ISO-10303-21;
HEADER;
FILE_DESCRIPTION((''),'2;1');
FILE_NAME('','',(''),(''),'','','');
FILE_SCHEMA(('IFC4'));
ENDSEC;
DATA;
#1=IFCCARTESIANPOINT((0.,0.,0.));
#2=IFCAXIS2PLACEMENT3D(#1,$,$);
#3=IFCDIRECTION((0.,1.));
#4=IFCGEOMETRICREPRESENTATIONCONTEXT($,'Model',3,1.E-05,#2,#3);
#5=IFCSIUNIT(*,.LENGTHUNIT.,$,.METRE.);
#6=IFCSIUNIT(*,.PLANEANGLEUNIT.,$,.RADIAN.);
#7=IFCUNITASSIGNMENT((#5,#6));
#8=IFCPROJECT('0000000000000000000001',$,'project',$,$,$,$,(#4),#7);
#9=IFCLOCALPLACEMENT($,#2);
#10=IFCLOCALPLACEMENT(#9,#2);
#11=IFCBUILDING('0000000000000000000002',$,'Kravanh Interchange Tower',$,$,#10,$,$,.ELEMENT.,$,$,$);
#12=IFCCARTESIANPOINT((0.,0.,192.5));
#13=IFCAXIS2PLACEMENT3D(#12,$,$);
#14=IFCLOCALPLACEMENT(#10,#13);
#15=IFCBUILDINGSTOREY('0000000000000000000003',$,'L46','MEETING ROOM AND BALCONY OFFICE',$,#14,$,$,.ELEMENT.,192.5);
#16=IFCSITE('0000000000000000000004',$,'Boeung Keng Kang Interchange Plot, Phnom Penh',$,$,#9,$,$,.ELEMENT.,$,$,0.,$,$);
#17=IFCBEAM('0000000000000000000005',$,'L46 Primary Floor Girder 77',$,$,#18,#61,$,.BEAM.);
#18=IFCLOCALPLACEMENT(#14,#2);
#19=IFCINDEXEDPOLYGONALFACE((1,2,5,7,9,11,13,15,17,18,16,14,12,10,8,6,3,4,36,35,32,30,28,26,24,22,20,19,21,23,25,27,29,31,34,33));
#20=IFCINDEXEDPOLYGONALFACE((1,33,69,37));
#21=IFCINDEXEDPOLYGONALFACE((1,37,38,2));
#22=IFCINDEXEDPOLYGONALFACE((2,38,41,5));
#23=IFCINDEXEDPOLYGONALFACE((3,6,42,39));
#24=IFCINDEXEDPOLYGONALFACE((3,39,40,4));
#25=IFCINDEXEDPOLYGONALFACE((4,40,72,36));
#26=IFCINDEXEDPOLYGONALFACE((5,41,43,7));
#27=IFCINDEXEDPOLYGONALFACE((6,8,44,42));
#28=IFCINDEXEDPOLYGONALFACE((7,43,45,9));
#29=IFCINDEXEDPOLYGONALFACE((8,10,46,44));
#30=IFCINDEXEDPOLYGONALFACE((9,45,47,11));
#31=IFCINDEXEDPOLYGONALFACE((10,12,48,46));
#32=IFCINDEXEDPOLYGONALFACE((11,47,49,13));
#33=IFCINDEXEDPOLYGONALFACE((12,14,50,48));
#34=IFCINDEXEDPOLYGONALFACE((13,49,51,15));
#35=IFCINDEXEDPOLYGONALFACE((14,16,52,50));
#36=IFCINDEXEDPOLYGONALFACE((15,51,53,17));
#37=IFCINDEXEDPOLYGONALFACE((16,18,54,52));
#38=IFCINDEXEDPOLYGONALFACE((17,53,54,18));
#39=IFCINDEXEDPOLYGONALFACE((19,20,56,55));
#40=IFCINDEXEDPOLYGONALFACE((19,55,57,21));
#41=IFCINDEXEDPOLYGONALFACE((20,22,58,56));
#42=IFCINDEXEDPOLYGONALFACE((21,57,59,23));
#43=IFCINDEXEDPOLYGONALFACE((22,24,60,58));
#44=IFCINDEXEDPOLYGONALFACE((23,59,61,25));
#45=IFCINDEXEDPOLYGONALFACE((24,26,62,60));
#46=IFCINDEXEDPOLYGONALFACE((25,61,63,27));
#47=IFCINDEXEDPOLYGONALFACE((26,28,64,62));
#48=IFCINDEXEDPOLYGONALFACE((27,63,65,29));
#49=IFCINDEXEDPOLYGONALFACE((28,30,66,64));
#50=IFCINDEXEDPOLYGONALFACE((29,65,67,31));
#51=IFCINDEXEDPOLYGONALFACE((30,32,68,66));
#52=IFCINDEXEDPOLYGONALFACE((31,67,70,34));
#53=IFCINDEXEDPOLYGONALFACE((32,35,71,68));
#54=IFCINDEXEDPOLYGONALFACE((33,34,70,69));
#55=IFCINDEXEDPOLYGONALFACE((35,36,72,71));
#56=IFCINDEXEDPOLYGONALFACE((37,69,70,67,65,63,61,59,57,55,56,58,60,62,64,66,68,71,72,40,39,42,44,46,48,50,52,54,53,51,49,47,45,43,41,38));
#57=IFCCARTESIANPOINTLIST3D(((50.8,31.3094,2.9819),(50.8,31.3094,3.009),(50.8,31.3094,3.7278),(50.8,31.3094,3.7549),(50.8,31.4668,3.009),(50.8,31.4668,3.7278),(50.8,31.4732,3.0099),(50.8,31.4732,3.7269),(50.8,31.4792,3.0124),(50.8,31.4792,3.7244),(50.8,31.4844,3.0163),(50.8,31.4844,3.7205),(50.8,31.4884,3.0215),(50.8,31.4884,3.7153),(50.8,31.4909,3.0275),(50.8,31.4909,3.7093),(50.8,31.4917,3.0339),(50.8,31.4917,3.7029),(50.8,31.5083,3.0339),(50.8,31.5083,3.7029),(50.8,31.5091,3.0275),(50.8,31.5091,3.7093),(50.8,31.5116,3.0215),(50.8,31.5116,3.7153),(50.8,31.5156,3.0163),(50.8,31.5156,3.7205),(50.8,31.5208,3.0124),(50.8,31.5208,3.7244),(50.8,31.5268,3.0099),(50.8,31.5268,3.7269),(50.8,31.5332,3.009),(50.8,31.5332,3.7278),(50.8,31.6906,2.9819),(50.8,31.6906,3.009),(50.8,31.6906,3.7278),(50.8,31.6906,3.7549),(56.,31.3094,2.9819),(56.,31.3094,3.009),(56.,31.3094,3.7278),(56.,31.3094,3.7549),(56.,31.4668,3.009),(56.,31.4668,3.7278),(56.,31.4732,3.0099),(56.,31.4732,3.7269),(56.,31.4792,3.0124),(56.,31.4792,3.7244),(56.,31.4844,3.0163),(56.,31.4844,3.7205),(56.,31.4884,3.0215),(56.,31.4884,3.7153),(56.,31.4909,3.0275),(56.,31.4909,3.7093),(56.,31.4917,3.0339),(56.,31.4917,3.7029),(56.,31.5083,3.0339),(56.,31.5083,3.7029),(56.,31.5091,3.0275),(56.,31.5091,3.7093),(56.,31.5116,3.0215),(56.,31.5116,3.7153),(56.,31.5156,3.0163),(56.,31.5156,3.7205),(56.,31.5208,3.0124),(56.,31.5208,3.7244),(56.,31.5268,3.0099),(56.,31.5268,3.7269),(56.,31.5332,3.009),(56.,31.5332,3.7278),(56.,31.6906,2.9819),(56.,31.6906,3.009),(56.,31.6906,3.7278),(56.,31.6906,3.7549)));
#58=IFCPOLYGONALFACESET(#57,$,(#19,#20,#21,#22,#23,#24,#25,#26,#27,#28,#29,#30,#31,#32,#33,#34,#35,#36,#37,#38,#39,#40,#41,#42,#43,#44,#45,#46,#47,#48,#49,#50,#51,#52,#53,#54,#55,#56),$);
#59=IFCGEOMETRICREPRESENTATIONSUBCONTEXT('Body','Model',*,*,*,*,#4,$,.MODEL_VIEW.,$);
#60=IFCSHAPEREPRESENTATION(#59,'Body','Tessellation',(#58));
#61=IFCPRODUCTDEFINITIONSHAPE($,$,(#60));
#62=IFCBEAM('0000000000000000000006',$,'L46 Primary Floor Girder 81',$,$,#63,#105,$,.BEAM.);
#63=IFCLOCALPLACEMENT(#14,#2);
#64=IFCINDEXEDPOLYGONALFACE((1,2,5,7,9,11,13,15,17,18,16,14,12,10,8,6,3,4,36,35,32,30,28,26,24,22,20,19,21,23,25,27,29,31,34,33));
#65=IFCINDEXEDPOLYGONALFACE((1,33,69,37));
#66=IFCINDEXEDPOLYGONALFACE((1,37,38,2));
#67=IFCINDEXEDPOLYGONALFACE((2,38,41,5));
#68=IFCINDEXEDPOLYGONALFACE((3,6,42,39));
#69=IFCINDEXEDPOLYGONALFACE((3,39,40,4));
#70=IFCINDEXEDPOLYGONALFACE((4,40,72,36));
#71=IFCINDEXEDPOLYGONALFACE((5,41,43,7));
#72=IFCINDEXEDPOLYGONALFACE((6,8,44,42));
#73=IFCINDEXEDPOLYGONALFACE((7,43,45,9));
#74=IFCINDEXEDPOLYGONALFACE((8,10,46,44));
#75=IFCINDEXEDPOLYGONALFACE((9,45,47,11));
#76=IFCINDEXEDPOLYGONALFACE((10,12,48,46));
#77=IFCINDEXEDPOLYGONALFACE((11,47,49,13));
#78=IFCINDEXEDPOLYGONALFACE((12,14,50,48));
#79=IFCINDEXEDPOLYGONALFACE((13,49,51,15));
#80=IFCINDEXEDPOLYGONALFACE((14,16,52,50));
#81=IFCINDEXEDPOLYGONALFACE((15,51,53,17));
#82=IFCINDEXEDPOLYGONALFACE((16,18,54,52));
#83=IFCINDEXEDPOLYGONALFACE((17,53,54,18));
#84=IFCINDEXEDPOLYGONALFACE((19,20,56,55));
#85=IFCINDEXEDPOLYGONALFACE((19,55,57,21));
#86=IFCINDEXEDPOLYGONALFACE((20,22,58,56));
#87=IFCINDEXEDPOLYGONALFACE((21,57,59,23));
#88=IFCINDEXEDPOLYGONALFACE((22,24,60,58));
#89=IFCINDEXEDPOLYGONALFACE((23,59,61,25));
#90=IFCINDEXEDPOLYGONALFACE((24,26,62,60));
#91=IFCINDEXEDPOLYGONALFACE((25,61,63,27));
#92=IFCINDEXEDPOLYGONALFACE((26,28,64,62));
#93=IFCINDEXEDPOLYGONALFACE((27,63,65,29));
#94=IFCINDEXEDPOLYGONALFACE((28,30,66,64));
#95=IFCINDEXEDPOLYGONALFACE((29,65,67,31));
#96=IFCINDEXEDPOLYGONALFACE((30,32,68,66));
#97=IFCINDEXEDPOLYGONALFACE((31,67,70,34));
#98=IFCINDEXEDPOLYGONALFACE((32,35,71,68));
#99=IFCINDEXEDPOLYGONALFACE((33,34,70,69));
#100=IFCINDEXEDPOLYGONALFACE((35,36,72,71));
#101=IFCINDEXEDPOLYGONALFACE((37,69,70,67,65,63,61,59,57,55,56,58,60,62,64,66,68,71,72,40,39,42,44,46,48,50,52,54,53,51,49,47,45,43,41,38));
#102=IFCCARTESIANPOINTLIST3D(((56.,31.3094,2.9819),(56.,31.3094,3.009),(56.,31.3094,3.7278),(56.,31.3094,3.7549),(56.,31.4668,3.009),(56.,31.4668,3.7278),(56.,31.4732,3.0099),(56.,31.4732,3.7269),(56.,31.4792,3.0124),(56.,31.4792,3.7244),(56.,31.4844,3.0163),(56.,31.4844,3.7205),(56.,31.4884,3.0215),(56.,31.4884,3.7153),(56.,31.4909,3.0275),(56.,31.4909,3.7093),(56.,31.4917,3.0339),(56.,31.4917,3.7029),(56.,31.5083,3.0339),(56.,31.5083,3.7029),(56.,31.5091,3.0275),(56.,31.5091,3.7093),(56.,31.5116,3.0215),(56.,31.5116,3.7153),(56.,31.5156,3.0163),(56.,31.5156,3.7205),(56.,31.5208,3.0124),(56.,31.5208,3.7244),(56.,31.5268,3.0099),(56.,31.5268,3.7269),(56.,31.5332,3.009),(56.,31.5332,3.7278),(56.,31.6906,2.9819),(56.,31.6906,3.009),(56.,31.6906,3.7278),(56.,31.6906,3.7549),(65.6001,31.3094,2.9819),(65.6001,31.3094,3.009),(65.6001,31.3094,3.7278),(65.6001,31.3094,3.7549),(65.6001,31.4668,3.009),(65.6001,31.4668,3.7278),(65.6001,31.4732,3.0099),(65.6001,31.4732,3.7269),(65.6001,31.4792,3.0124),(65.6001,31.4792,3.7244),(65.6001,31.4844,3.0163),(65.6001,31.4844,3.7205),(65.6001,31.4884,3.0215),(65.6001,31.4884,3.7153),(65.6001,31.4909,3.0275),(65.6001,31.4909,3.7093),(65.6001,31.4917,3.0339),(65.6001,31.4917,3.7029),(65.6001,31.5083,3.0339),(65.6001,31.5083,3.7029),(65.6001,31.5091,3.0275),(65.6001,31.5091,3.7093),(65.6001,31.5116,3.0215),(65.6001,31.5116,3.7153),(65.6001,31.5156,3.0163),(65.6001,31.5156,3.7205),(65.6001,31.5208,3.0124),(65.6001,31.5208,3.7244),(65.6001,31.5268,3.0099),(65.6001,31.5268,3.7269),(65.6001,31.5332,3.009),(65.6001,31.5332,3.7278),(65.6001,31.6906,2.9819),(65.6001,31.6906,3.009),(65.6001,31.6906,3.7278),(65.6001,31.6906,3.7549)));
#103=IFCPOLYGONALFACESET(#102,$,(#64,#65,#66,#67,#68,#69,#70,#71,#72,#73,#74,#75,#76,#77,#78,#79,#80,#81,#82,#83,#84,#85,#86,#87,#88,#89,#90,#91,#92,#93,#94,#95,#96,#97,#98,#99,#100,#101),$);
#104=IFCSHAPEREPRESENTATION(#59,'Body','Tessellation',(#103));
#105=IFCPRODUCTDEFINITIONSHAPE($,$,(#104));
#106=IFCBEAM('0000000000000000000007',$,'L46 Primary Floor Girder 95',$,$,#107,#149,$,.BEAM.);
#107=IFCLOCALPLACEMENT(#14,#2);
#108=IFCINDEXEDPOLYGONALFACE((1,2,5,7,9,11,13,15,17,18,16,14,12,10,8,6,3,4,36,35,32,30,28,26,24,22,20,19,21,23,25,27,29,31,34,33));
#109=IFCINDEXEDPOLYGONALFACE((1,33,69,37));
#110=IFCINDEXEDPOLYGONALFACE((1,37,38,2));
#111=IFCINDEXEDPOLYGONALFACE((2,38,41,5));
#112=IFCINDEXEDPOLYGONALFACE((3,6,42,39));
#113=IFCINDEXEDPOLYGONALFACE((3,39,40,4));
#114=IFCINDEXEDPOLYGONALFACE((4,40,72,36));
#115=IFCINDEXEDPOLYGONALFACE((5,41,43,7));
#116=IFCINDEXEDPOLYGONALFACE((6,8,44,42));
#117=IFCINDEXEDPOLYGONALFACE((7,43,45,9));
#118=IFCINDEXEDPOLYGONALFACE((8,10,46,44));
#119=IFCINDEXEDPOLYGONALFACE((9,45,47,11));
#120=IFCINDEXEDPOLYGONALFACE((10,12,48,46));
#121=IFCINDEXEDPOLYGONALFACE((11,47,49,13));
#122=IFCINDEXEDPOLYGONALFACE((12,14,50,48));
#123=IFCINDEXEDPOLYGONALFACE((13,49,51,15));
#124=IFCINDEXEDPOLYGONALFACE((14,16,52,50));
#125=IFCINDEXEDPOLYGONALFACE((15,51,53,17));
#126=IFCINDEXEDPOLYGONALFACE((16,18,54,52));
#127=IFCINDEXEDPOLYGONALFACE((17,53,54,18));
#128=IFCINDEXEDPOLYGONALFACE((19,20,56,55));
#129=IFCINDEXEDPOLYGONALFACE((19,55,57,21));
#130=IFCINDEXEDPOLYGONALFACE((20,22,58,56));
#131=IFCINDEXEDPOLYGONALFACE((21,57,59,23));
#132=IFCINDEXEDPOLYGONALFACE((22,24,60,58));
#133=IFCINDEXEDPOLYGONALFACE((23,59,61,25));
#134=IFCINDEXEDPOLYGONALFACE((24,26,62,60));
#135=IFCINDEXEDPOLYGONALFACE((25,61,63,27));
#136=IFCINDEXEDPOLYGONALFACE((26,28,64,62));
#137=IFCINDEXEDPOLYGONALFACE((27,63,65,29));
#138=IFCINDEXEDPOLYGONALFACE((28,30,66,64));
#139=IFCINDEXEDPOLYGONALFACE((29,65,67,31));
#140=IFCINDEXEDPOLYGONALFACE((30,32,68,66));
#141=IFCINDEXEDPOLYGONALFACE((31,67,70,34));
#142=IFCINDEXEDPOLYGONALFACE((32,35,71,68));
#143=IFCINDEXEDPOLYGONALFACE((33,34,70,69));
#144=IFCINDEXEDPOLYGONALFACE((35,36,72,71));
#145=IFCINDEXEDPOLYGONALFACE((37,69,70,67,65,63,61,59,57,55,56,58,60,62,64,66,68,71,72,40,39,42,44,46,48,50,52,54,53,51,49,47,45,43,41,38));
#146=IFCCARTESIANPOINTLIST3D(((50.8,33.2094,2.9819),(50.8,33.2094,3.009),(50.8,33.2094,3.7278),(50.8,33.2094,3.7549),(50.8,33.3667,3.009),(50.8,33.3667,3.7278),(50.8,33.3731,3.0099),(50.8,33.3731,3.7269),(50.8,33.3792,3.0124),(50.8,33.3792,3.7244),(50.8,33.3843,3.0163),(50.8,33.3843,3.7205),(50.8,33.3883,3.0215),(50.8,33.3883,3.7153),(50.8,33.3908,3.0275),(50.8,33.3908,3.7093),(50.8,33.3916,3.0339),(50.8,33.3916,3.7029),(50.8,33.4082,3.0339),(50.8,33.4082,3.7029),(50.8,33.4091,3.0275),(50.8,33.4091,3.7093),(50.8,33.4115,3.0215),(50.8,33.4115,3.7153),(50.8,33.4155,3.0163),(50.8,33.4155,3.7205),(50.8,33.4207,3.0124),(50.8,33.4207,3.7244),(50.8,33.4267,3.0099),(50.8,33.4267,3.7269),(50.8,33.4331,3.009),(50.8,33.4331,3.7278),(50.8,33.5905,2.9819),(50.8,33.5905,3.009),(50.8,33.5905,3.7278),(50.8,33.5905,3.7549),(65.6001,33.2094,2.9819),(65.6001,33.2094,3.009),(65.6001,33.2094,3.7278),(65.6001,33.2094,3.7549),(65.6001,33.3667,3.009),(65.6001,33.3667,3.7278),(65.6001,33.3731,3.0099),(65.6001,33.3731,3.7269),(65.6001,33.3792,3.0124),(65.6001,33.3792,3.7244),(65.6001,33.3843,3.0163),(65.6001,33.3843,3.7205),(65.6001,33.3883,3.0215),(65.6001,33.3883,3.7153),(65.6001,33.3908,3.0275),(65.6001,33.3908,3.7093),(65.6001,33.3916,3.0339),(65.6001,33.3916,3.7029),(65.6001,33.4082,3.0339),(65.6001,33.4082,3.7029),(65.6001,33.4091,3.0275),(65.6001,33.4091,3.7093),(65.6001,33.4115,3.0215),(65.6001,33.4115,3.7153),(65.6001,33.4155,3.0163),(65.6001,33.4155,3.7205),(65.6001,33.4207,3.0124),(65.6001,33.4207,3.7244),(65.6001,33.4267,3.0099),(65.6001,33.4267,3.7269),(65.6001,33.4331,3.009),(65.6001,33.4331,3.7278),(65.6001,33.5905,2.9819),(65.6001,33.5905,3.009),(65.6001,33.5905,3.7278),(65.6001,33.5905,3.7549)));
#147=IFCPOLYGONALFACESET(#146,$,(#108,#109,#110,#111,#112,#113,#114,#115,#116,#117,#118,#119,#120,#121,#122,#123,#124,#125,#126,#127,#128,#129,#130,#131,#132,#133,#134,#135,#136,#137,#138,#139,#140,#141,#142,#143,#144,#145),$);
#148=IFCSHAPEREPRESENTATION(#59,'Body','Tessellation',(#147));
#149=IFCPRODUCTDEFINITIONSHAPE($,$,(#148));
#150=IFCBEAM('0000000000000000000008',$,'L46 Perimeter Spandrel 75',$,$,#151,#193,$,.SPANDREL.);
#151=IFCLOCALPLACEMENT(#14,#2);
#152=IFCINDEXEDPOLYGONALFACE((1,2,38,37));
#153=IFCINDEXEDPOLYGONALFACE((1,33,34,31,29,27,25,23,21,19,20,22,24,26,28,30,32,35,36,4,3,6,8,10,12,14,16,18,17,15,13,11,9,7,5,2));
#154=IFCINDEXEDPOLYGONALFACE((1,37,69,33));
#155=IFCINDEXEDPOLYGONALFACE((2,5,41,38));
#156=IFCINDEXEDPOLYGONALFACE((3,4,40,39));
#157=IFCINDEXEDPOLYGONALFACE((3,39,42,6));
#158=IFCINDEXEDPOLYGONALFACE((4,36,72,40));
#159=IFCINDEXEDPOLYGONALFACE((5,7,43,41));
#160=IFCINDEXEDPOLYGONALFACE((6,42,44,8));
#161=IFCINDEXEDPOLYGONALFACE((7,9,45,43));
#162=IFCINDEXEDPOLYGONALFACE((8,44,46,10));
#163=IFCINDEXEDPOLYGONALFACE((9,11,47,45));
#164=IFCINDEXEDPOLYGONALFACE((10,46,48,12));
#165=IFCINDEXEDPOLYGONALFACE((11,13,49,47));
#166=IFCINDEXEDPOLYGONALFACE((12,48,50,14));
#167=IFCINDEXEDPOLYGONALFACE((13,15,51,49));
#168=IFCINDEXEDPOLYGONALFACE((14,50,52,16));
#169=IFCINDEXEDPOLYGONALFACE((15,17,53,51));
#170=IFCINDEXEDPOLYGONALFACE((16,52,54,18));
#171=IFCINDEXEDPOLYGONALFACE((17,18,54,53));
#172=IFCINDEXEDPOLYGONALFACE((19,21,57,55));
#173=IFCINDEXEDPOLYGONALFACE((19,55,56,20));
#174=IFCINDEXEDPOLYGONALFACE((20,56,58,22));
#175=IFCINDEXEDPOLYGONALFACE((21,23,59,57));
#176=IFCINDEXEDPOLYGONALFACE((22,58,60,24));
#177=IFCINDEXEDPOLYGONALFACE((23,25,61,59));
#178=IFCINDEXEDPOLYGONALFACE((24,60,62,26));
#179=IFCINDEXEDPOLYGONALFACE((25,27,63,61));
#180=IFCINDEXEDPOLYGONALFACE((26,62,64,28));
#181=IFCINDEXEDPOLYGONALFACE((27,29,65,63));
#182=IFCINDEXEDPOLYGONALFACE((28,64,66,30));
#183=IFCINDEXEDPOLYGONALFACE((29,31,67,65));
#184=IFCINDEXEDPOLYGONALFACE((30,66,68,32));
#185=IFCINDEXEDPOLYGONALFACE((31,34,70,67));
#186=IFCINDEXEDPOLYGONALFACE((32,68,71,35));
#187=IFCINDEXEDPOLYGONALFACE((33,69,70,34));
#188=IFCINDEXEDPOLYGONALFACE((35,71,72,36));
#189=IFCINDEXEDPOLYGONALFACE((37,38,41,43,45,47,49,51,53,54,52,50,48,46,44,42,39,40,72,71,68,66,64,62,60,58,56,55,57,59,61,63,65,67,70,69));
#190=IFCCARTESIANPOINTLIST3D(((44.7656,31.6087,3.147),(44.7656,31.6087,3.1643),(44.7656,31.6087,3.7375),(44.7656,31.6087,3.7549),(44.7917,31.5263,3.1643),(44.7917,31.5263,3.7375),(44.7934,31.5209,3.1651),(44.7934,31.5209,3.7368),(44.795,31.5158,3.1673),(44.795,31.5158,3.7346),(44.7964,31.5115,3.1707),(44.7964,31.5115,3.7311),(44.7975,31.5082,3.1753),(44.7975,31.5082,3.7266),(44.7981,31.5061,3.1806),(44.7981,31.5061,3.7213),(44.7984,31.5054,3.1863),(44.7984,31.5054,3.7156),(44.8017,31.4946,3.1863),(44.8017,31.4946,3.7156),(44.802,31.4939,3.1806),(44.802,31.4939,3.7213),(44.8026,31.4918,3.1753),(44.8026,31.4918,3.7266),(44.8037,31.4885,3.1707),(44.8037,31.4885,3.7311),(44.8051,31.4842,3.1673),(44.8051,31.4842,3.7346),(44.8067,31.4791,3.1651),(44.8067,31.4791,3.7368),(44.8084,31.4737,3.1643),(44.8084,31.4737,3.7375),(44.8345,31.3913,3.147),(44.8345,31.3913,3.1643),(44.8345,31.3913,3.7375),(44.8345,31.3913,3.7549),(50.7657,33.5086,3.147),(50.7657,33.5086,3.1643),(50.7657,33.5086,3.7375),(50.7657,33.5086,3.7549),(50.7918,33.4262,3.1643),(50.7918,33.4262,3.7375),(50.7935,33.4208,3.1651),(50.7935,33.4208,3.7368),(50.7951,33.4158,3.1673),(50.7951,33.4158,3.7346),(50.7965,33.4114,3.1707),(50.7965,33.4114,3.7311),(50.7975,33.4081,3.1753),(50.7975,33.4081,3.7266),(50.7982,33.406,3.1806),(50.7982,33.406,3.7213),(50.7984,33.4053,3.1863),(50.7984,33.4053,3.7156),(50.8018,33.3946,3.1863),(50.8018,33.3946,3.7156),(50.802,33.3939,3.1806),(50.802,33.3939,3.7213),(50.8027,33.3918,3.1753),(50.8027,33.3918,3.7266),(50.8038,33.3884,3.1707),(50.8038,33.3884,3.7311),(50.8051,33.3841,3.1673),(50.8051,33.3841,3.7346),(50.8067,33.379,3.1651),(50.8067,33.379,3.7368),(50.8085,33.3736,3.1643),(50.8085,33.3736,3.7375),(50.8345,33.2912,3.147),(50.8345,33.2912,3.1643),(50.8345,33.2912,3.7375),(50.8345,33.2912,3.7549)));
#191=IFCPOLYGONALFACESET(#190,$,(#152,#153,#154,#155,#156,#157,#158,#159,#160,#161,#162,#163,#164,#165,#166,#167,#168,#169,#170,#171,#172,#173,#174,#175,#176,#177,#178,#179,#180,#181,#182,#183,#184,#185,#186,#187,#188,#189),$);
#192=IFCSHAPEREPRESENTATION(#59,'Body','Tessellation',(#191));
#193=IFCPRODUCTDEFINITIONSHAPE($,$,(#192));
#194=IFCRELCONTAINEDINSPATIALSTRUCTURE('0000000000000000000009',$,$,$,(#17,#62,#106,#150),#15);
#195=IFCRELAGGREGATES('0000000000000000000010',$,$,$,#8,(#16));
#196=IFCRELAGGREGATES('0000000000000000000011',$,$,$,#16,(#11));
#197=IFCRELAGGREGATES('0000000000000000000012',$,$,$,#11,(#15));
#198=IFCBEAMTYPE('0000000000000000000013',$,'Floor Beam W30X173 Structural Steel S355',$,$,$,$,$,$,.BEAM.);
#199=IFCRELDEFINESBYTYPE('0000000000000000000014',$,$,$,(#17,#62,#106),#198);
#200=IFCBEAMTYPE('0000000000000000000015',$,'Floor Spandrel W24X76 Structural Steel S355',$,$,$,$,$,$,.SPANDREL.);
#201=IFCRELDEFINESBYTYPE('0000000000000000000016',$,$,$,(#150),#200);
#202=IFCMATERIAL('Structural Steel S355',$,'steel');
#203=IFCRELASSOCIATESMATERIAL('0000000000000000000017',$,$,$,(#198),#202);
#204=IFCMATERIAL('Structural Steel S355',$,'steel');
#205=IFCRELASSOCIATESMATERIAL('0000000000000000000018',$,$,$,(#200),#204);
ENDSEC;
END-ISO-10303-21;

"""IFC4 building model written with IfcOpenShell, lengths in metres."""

from ifc_helpers import new_model, si_unit, direction, frame, origin, origin_2d, place, context, subcontext, project, spatial, i_section, extrude, material, material_profile, profile_set, type_object, element, save


model = new_model("IFC4")

# Units and contexts
model_context = context("Model", 3, precision=1e-05, world=origin(), true_north=direction((0.0, 1.0)))
body_context = subcontext(model_context, "Body", "Model", "MODEL_VIEW")
ifc_project = project(units=[si_unit("LENGTHUNIT", "METRE"), si_unit("PLANEANGLEUNIT", "RADIAN")], contexts=[model_context])

# Site, building, storey
site_placement = place(None, origin())
site = spatial("IfcSite", under=ifc_project, at=site_placement, Name="Boeung Keng Kang Interchange Plot, Phnom Penh", CompositionType="ELEMENT", RefElevation=0.0)
building_placement = place(site_placement, origin())
building = spatial("IfcBuilding", under=site, at=building_placement, Name="Kravanh Interchange Tower", CompositionType="ELEMENT")
storey_placement = place(building_placement, frame((0.0, 0.0, 192.5)))
storey = spatial("IfcBuildingStorey", under=building, at=storey_placement, Name="L46", Description="MEETING ROOM AND BALCONY OFFICE", CompositionType="ELEMENT", Elevation=192.5)

# Beams
ifc_material_1 = material(Name="Structural Steel S355", Category="steel")
ifc_material_profile_1 = material_profile(ifc_material_1, i_section(OverallWidth=0.3811, OverallDepth=0.7729, WebThickness=0.0166, FlangeThickness=0.0271, FilletRadius=0.0249, at=origin_2d()), Name="W30X173")
ifc_profile_set_1 = profile_set([ifc_material_profile_1], Name="Structural Steel S355")
beam_type_1 = type_object("IfcBeamType", Name="Floor Beam W30X173 Structural Steel S355", PredefinedType="BEAM", material=ifc_profile_set_1)
beam_1_placement = place(storey_placement, frame((50.8, 31.5, 3.3684), z_axis=(1.0, 0.0, 0.0), x_axis=(0.0, 1.0, 0.0)))
element("IfcBeam", 1, at=beam_1_placement, inside=storey, type_object=beam_type_1, Name="L46 Primary Floor Girder 77", PredefinedType="BEAM", context=body_context, shape_type="SweptSolid", body=[
    extrude(i_section(OverallWidth=0.3811, OverallDepth=0.7729, WebThickness=0.0166, FlangeThickness=0.0271, FilletRadius=0.0249, at=origin_2d()), origin(), (0.0, 0.0, 1.0), 5.2),
])
beam_2_placement = place(storey_placement, frame((56.0, 31.5, 3.3684), z_axis=(1.0, 0.0, 0.0), x_axis=(0.0, 1.0, 0.0)))
element("IfcBeam", 2, at=beam_2_placement, inside=storey, type_object=beam_type_1, Name="L46 Primary Floor Girder 81", PredefinedType="BEAM", context=body_context, shape_type="SweptSolid", body=[
    extrude(i_section(OverallWidth=0.3811, OverallDepth=0.7729, WebThickness=0.0166, FlangeThickness=0.0271, FilletRadius=0.0249, at=origin_2d()), origin(), (0.0, 0.0, 1.0), 9.6001),
])
beam_3_placement = place(storey_placement, frame((50.8, 33.3999, 3.3684), z_axis=(1.0, 0.0, 0.0), x_axis=(0.0, 1.0, 0.0)))
element("IfcBeam", 3, at=beam_3_placement, inside=storey, type_object=beam_type_1, Name="L46 Primary Floor Girder 95", PredefinedType="BEAM", context=body_context, shape_type="SweptSolid", body=[
    extrude(i_section(OverallWidth=0.3811, OverallDepth=0.7729, WebThickness=0.0166, FlangeThickness=0.0271, FilletRadius=0.0249, at=origin_2d()), origin(), (0.0, 0.0, 1.0), 14.8),
])
ifc_material_2 = material(Name="Structural Steel S355", Category="steel")
ifc_material_profile_2 = material_profile(ifc_material_2, i_section(OverallWidth=0.228, OverallDepth=0.6079, WebThickness=0.0112, FlangeThickness=0.0173, FilletRadius=0.022, at=origin_2d()), Name="W24X76")
ifc_profile_set_2 = profile_set([ifc_material_profile_2], Name="Structural Steel S355")
beam_type_2 = type_object("IfcBeamType", Name="Floor Spandrel W24X76 Structural Steel S355", PredefinedType="SPANDREL", material=ifc_profile_set_2)
beam_4_placement = place(storey_placement, frame((44.8, 31.5, 3.4509), z_axis=(0.953347, 0.301878, 0.0), x_axis=(-0.301878, 0.953347, 0.0)))
element("IfcBeam", 4, at=beam_4_placement, inside=storey, type_object=beam_type_2, Name="L46 Perimeter Spandrel 75", PredefinedType="SPANDREL", context=body_context, shape_type="SweptSolid", body=[
    extrude(i_section(OverallWidth=0.228, OverallDepth=0.6079, WebThickness=0.0112, FlangeThickness=0.0173, FilletRadius=0.022, at=origin_2d()), origin(), (0.0, 0.0, 1.0), 6.2937),
])

save(model, "model.ifc")
